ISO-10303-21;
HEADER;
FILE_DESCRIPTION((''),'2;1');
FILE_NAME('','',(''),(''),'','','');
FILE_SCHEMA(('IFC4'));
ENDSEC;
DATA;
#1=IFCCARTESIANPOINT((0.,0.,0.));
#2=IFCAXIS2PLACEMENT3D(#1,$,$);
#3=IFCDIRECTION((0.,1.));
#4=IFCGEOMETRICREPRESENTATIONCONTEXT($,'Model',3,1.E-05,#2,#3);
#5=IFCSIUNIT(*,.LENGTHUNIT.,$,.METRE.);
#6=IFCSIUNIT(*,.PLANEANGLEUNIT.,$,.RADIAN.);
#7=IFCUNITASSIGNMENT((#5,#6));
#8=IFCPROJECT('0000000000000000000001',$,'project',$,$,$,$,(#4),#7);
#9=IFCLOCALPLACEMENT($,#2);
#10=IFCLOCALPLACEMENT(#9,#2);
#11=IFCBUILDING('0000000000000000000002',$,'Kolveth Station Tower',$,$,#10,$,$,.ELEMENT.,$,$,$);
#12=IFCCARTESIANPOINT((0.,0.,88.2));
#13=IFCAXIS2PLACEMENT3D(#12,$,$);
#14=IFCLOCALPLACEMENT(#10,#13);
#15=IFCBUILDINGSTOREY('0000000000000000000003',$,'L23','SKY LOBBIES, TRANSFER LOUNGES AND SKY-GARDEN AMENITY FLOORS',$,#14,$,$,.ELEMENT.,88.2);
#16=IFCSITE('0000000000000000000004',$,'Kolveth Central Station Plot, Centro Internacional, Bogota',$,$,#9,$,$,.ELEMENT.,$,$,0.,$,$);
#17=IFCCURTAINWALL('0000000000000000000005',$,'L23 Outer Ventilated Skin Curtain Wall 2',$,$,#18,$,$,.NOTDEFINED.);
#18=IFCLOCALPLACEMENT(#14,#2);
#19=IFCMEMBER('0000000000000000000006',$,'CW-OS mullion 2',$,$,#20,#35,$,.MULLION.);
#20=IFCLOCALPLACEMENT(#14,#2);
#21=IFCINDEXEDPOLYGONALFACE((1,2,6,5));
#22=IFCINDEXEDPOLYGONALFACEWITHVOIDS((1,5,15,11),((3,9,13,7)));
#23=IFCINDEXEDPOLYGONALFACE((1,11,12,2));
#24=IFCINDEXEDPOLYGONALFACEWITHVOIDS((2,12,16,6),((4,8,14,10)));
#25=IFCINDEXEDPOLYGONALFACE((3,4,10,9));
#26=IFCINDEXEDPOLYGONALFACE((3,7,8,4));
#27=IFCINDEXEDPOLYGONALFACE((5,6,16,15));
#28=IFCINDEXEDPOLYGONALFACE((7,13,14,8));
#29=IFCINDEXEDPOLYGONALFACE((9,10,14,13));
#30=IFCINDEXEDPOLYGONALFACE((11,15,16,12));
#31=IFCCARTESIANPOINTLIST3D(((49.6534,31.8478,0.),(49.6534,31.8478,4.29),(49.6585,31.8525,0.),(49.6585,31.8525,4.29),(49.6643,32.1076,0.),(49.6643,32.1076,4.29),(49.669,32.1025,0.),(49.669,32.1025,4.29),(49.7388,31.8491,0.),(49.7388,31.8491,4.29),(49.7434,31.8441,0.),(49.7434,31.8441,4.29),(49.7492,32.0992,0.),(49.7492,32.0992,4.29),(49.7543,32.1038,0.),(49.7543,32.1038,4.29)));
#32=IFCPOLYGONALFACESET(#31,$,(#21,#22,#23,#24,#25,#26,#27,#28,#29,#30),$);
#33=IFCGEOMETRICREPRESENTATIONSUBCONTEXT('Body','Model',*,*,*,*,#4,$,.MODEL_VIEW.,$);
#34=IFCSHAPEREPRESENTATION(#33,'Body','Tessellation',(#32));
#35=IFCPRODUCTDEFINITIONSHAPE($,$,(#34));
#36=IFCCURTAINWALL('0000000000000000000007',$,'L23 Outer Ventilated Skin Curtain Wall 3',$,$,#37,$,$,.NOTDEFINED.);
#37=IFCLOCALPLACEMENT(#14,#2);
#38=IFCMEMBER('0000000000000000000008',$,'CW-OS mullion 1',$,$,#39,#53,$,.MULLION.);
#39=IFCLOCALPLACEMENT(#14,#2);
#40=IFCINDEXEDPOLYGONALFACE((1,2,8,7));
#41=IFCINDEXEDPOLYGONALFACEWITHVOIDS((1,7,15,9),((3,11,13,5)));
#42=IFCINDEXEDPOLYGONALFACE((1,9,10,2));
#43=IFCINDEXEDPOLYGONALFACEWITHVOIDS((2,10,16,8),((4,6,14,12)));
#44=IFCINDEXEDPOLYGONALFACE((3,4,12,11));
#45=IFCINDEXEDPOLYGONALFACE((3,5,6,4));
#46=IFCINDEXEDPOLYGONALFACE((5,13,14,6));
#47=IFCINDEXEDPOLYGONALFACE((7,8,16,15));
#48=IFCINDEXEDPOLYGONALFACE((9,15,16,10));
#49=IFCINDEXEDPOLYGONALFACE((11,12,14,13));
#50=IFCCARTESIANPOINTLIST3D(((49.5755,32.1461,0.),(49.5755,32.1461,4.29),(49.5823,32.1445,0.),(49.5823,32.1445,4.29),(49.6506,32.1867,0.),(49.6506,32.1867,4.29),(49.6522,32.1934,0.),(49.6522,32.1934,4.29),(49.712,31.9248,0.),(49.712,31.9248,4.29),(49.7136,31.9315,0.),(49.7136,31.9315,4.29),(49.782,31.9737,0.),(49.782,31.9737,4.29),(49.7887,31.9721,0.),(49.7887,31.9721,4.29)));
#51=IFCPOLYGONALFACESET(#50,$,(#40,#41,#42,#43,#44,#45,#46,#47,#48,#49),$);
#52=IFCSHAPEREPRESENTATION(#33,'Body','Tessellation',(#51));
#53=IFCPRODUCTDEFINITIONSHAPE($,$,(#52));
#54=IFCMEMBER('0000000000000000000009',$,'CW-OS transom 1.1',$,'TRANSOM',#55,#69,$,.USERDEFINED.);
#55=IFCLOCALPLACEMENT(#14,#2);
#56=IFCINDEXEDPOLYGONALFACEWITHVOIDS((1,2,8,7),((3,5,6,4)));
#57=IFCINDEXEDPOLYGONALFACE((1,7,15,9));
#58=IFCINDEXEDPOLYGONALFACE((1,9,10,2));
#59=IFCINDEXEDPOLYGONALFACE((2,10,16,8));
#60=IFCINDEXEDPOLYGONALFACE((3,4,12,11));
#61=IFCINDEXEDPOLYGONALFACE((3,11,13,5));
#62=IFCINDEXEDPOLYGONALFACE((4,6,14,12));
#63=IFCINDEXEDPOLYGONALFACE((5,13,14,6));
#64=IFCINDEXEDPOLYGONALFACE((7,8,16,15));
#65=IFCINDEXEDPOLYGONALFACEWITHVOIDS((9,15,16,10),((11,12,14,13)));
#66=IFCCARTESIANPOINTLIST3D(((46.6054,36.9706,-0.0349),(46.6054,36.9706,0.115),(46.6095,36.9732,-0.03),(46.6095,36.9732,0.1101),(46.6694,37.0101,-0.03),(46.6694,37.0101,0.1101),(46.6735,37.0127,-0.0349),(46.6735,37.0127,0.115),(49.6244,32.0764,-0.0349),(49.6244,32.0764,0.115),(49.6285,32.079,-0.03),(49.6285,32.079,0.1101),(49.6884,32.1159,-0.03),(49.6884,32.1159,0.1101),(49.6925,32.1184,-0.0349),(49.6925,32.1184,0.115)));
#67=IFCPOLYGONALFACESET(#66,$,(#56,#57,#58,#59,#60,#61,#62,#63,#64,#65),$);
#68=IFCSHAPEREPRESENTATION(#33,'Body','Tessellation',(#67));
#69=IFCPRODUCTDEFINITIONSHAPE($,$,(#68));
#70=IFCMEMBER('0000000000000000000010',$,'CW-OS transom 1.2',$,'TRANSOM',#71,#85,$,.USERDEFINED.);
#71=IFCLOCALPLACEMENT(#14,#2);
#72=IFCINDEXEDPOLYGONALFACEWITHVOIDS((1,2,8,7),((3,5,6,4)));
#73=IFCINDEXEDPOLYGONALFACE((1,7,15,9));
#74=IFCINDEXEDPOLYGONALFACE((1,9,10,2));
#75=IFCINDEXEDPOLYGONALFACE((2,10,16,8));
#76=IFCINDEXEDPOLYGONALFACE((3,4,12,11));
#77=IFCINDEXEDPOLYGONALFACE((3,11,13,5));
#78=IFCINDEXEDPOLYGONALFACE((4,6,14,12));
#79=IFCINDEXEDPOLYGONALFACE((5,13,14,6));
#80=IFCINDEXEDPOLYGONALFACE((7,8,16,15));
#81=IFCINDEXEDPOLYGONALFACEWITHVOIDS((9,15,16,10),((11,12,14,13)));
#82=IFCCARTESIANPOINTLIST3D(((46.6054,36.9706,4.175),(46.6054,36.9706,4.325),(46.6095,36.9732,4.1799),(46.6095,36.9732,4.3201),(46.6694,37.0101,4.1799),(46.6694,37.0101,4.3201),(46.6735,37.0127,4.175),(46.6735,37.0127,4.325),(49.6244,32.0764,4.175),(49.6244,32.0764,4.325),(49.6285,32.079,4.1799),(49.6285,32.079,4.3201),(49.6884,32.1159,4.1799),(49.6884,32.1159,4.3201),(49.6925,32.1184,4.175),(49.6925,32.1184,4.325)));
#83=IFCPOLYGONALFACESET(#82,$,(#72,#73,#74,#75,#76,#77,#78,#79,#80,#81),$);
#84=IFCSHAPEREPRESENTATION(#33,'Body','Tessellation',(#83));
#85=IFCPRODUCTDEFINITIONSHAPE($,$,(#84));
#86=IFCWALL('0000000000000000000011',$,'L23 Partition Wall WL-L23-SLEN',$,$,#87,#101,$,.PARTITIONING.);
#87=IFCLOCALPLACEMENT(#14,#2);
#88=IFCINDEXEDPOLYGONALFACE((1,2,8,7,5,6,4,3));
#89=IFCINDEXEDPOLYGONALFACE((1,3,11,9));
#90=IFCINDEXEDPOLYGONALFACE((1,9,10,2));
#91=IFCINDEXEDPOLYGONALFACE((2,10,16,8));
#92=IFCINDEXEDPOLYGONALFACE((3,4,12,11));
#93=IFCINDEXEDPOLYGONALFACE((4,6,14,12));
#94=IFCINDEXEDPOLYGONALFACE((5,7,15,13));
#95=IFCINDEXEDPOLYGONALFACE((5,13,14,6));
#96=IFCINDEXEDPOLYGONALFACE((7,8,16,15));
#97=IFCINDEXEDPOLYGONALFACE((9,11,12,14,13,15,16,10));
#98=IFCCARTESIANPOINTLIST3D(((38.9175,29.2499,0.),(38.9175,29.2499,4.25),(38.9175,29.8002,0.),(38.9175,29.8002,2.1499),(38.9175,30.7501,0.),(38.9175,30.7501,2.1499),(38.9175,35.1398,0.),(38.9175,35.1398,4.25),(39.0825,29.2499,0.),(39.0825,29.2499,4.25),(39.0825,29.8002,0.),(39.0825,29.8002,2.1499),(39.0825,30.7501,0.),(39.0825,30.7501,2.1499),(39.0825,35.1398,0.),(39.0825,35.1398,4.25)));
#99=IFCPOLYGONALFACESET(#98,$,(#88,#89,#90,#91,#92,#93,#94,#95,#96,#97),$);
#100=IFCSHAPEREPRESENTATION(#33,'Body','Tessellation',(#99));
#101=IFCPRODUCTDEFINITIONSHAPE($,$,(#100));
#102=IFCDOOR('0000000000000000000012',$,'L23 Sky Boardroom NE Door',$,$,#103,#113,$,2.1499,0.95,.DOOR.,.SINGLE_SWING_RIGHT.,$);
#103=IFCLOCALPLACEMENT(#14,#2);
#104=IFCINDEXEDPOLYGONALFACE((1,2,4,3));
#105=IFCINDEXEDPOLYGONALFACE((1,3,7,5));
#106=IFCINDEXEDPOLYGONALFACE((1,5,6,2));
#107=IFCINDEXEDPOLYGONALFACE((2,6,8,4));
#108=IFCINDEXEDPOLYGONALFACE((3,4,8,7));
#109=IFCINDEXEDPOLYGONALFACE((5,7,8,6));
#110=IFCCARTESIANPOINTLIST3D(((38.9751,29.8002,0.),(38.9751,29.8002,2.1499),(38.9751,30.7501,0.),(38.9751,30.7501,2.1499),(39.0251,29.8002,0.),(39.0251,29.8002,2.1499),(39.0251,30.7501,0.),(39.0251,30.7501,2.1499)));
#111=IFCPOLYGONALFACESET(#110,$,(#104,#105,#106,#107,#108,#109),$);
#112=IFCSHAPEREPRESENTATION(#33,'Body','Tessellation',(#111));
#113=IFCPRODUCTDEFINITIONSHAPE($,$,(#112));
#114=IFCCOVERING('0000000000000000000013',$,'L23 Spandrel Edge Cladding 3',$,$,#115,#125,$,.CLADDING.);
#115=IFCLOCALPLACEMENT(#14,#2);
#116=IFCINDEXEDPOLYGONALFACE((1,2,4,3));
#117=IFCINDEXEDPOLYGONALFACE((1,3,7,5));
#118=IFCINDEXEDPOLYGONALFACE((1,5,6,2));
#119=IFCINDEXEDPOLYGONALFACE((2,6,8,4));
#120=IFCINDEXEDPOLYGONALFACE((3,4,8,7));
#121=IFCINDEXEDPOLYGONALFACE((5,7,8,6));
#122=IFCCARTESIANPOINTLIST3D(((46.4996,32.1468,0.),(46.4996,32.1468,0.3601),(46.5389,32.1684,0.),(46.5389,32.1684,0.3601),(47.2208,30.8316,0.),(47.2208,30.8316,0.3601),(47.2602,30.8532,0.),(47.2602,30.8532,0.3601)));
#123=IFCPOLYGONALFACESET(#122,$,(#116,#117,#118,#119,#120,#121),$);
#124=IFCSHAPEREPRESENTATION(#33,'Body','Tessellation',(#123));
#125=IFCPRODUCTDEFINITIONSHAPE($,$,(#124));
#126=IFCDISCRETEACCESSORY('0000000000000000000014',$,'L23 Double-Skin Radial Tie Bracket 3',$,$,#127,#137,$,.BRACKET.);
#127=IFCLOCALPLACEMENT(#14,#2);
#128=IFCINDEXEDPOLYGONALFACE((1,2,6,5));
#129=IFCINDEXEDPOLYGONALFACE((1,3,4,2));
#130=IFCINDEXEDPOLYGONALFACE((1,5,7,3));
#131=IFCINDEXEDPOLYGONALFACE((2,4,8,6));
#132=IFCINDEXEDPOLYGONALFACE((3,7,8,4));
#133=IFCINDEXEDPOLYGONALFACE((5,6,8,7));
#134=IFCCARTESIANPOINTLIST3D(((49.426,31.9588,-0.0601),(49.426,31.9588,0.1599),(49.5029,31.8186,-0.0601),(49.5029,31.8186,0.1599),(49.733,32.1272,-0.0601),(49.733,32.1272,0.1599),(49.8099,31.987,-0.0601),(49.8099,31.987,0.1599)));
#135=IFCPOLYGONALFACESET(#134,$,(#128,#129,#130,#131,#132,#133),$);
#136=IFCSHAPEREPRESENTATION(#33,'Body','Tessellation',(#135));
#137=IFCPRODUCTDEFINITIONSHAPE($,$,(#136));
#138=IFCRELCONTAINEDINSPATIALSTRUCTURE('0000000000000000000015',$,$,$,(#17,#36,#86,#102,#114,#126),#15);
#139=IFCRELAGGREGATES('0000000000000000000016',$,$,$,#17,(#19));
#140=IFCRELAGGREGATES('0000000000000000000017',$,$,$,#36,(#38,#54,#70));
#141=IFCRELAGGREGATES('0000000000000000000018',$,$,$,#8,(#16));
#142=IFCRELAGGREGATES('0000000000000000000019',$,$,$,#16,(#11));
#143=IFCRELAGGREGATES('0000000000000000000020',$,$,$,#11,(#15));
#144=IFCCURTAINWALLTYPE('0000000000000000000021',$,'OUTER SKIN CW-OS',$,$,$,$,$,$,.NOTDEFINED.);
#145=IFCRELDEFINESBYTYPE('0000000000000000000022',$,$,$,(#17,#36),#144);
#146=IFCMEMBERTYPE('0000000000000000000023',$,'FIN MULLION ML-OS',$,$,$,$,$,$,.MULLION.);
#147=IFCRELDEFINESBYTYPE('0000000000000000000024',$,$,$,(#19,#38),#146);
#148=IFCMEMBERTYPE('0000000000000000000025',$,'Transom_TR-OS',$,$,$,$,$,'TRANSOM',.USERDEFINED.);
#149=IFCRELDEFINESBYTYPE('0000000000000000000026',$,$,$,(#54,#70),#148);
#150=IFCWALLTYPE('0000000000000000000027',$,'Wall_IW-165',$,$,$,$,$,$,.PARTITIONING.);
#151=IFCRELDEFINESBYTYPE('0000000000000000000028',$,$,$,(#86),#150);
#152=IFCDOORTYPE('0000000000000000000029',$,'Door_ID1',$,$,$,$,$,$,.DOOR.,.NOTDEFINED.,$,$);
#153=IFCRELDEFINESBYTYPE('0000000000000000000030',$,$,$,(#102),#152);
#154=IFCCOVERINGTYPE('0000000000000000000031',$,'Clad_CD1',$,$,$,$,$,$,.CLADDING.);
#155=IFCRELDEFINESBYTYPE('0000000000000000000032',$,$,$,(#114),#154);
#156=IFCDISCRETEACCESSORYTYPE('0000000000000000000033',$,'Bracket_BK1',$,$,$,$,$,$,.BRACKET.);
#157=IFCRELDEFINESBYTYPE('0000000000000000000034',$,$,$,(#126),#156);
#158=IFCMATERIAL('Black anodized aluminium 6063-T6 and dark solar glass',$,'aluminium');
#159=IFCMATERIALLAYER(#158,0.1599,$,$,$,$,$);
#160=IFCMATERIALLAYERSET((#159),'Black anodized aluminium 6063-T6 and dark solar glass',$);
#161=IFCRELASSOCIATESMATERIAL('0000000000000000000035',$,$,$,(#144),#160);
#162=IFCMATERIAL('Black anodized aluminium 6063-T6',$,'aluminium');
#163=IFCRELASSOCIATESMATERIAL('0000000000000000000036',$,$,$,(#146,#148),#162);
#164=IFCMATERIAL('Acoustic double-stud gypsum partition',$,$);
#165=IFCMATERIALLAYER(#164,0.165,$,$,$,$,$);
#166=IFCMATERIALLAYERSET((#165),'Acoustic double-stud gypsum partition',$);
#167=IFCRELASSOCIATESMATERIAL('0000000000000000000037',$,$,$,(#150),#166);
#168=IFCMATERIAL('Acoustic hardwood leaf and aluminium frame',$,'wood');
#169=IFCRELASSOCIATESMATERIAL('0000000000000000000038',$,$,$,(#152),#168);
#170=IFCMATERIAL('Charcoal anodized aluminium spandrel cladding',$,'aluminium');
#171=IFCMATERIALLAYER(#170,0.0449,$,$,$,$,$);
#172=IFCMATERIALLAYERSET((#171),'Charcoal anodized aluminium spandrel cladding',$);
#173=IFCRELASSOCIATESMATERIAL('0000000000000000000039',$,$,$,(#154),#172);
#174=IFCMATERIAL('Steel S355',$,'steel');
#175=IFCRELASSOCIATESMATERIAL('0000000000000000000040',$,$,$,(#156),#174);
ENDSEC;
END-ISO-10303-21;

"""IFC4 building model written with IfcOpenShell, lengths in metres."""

from ifc_helpers import new_model, si_unit, direction, frame, frame_2d, origin, origin_2d, place, context, subcontext, project, spatial, rectangle, hollow_rectangle, extrude, source, transform, mapped, material, layer, layer_set, material_profile, profile_set, type_object, element, fill, aggregate, save


model = new_model("IFC4")

# Units and contexts
model_context = context("Model", 3, precision=1e-05, world=origin(), true_north=direction((0.0, 1.0)))
body_context = subcontext(model_context, "Body", "Model", "MODEL_VIEW")
ifc_project = project(units=[si_unit("LENGTHUNIT", "METRE"), si_unit("PLANEANGLEUNIT", "RADIAN")], contexts=[model_context])

# Site, building, storey
site_placement = place(None, origin())
site = spatial("IfcSite", under=ifc_project, at=site_placement, Name="Kolveth Central Station Plot, Centro Internacional, Bogota", CompositionType="ELEMENT", RefElevation=0.0)
building_placement = place(site_placement, origin())
building = spatial("IfcBuilding", under=site, at=building_placement, Name="Kolveth Station Tower", CompositionType="ELEMENT")
storey_placement = place(building_placement, frame((0.0, 0.0, 88.2)))
storey = spatial("IfcBuildingStorey", under=building, at=storey_placement, Name="L23", Description="SKY LOBBIES, TRANSFER LOUNGES AND SKY-GARDEN AMENITY FLOORS", CompositionType="ELEMENT", Elevation=88.2)

# Shared definitions
ifc_material_1 = material(Name="Steel S355", Category="steel")

# Shared definitions
ifc_material_2 = material(Name="Black anodized aluminium 6063-T6", Category="aluminium")

# Curtain wall, member
ifc_material_3 = material(Name="Black anodized aluminium 6063-T6 and dark solar glass", Category="aluminium")
ifc_layer_1 = layer(ifc_material_3, 0.1599)
ifc_layer_set_1 = layer_set([ifc_layer_1], Name="Black anodized aluminium 6063-T6 and dark solar glass")
curtain_wall_type_1 = type_object("IfcCurtainWallType", Name="OUTER SKIN CW-OS", PredefinedType="NOTDEFINED", material=ifc_layer_set_1)
curtain_wall_1_placement = place(storey_placement, origin())
curtain_wall_1 = element("IfcCurtainWall", 1, at=curtain_wall_1_placement, inside=storey, type_object=curtain_wall_type_1, Name="L23 Outer Ventilated Skin Curtain Wall 2", PredefinedType="NOTDEFINED")
ifc_material_profile_1 = material_profile(ifc_material_2, hollow_rectangle(XDim=0.0901, YDim=0.26, WallThickness=0.0049, at=origin_2d()), Name="ALU-90x260x5")
ifc_profile_set_1 = profile_set([ifc_material_profile_1], Name="Black anodized aluminium 6063-T6")
member_type_1 = type_object("IfcMemberType", Name="FIN MULLION ML-OS", PredefinedType="MULLION", material=ifc_profile_set_1)
shared_shape_1 = source(origin(), body_context, "Body", "SweptSolid", [
    extrude(hollow_rectangle(XDim=0.0901, YDim=0.26, WallThickness=0.0049, at=origin_2d()), origin(), (0.0, 0.0, 1.0), 4.29),
])
member_1_placement = place(storey_placement, frame((49.7039, 31.9758, 0.0), z_axis=(0.0, 0.0, 1.0), x_axis=(-0.999125, 0.041823, 0.0)))
member_1 = element("IfcMember", 2, at=member_1_placement, type_object=member_type_1, Name="CW-OS mullion 2", PredefinedType="MULLION", context=body_context, shape_type="MappedRepresentation", body=[
    mapped(shared_shape_1, transform((0.0, 0.0, 0.0), x_axis=(1.0, 0.0, 0.0), y_axis=(0.0, 1.0, 0.0), z_axis=(0.0, 0.0, 1.0), scale=1.0)),
])
aggregate(curtain_wall_1, [member_1])

# Curtain wall, members
curtain_wall_2_placement = place(storey_placement, origin())
curtain_wall_2 = element("IfcCurtainWall", 3, at=curtain_wall_2_placement, inside=storey, type_object=curtain_wall_type_1, Name="L23 Outer Ventilated Skin Curtain Wall 3", PredefinedType="NOTDEFINED")
member_2_placement = place(storey_placement, frame((49.6821, 32.0591, 0.0), z_axis=(0.0, 0.0, 1.0), x_axis=(-0.851099, -0.525005, 0.0)))
member_2 = element("IfcMember", 4, at=member_2_placement, type_object=member_type_1, Name="CW-OS mullion 1", PredefinedType="MULLION", context=body_context, shape_type="MappedRepresentation", body=[
    mapped(shared_shape_1, transform((0.0, 0.0, 0.0), x_axis=(1.0, 0.0, 0.0), y_axis=(0.0, 1.0, 0.0), z_axis=(0.0, 0.0, 1.0), scale=1.0)),
])
ifc_material_profile_2 = material_profile(ifc_material_2, hollow_rectangle(XDim=0.0801, YDim=0.1499, WallThickness=0.0049, at=origin_2d()), Name="ALU-80x150x5")
ifc_profile_set_2 = profile_set([ifc_material_profile_2], Name="Black anodized aluminium 6063-T6")
member_type_2 = type_object("IfcMemberType", Name="Transom_TR-OS", ElementType="TRANSOM", PredefinedType="USERDEFINED", material=ifc_profile_set_2)
shared_shape_2 = source(origin(), body_context, "Body", "SweptSolid", [
    extrude(hollow_rectangle(XDim=0.0801, YDim=0.1499, WallThickness=0.0049, at=origin_2d()), origin(), (0.0, 0.0, 1.0), 5.7505),
])
member_3_placement = place(storey_placement, frame((49.6584, 32.0974, 0.04), z_axis=(-0.525002, 0.851101, 0.0), x_axis=(-0.851101, -0.525002, 0.0)))
member_3 = element("IfcMember", 5, at=member_3_placement, type_object=member_type_2, Name="CW-OS transom 1.1", ObjectType="TRANSOM", PredefinedType="USERDEFINED", context=body_context, shape_type="MappedRepresentation", body=[
    mapped(shared_shape_2, transform((0.0, 0.0, 0.0), x_axis=(1.0, 0.0, 0.0), y_axis=(0.0, 1.0, 0.0), z_axis=(0.0, 0.0, 1.0), scale=1.0)),
])
member_4_placement = place(storey_placement, frame((49.6584, 32.0974, 4.25), z_axis=(-0.525002, 0.851101, 0.0), x_axis=(-0.851101, -0.525002, 0.0)))
member_4 = element("IfcMember", 6, at=member_4_placement, type_object=member_type_2, Name="CW-OS transom 1.2", ObjectType="TRANSOM", PredefinedType="USERDEFINED", context=body_context, shape_type="MappedRepresentation", body=[
    mapped(shared_shape_2, transform((0.0, 0.0, 0.0), x_axis=(1.0, 0.0, 0.0), y_axis=(0.0, 1.0, 0.0), z_axis=(0.0, 0.0, 1.0), scale=1.0)),
])
aggregate(curtain_wall_2, [member_2, member_3, member_4])

# Wall, opening, door
ifc_material_4 = material(Name="Acoustic double-stud gypsum partition")
ifc_layer_2 = layer(ifc_material_4, 0.165)
ifc_layer_set_2 = layer_set([ifc_layer_2], Name="Acoustic double-stud gypsum partition")
wall_type = type_object("IfcWallType", Name="Wall_IW-165", PredefinedType="PARTITIONING", material=ifc_layer_set_2)
wall_placement = place(storey_placement, frame((39.0, 29.25, 0.0), z_axis=(0.0, 0.0, 1.0), x_axis=(0.0, 1.0, 0.0)))
wall = element("IfcWall", 7, at=wall_placement, inside=storey, type_object=wall_type, Name="L23 Partition Wall WL-L23-SLEN", PredefinedType="PARTITIONING", context=body_context, shape_type="SweptSolid", body=[
    extrude(rectangle(XDim=5.8899, YDim=0.165, at=frame_2d((2.9448, 0.0))), origin(), (0.0, 0.0, 1.0), 4.25),
])
opening_placement = place(wall_placement, frame((0.55, 0.0, 0.0)))
opening = element("IfcOpeningElement", 8, at=opening_placement, cuts=wall, PredefinedType="OPENING", context=body_context, shape_type="SweptSolid", body=[
    extrude(rectangle(XDim=0.95, YDim=2.1499, at=frame_2d((0.4751, 1.075))), frame((0.0, 0.0925, 0.0), z_axis=(0.0, -1.0, 0.0), x_axis=(1.0, 0.0, 0.0)), (0.0, 0.0, 1.0), 0.1851),
])
ifc_material_5 = material(Name="Acoustic hardwood leaf and aluminium frame", Category="wood")
door_type = type_object("IfcDoorType", Name="Door_ID1", OperationType="NOTDEFINED", PredefinedType="DOOR", material=ifc_material_5)
door_placement = place(opening_placement, origin())
door = element("IfcDoor", 9, at=door_placement, inside=storey, type_object=door_type, Name="L23 Sky Boardroom NE Door", OperationType="SINGLE_SWING_RIGHT", OverallHeight=2.1499, OverallWidth=0.95, PredefinedType="DOOR", context=body_context, shape_type="SweptSolid", body=[
    extrude(rectangle(XDim=0.95, YDim=2.1499, at=frame_2d((0.4751, 1.075))), frame((0.0, 0.0249, 0.0), z_axis=(0.0, -1.0, 0.0), x_axis=(1.0, 0.0, 0.0)), (0.0, 0.0, 1.0), 0.05),
])
fill(opening, door)

# Covering
ifc_material_6 = material(Name="Charcoal anodized aluminium spandrel cladding", Category="aluminium")
ifc_layer_3 = layer(ifc_material_6, 0.0449)
ifc_layer_set_3 = layer_set([ifc_layer_3], Name="Charcoal anodized aluminium spandrel cladding")
covering_type = type_object("IfcCoveringType", Name="Clad_CD1", PredefinedType="CLADDING", material=ifc_layer_set_3)
shared_shape_3 = source(origin(), body_context, "Body", "SweptSolid", [
    extrude(rectangle(XDim=1.5, YDim=0.0449, at=origin_2d()), origin(), (0.0, 0.0, 1.0), 0.3601),
])
covering_placement = place(storey_placement, frame((46.8799, 31.5, 0.0), z_axis=(0.0, 0.0, 1.0), x_axis=(-0.480836, 0.876811, 0.0)))
element("IfcCovering", 10, at=covering_placement, inside=storey, type_object=covering_type, Name="L23 Spandrel Edge Cladding 3", PredefinedType="CLADDING", context=body_context, shape_type="MappedRepresentation", body=[
    mapped(shared_shape_3, transform((0.0, 0.0, 0.0), x_axis=(1.0, 0.0, 0.0), y_axis=(0.0, 1.0, 0.0), z_axis=(0.0, 0.0, 1.0), scale=1.0)),
])

# Discrete accessory
discrete_accessory_type = type_object("IfcDiscreteAccessoryType", Name="Bracket_BK1", PredefinedType="BRACKET", material=ifc_material_1)
shared_shape_4 = source(origin(), body_context, "Body", "SweptSolid", [
    extrude(rectangle(XDim=0.3501, YDim=0.1599, at=origin_2d()), origin(), (0.0, 0.0, 1.0), 0.22),
])
discrete_accessory_placement = place(storey_placement, frame((49.6179, 31.9729, -0.0601), z_axis=(0.0, 0.0, 1.0), x_axis=(0.876811, 0.480836, 0.0)))
element("IfcDiscreteAccessory", 11, at=discrete_accessory_placement, inside=storey, type_object=discrete_accessory_type, Name="L23 Double-Skin Radial Tie Bracket 3", PredefinedType="BRACKET", context=body_context, shape_type="MappedRepresentation", body=[
    mapped(shared_shape_4, transform((0.0, 0.0, 0.0), x_axis=(1.0, 0.0, 0.0), y_axis=(0.0, 1.0, 0.0), z_axis=(0.0, 0.0, 1.0), scale=1.0)),
])

save(model, "model.ifc")
